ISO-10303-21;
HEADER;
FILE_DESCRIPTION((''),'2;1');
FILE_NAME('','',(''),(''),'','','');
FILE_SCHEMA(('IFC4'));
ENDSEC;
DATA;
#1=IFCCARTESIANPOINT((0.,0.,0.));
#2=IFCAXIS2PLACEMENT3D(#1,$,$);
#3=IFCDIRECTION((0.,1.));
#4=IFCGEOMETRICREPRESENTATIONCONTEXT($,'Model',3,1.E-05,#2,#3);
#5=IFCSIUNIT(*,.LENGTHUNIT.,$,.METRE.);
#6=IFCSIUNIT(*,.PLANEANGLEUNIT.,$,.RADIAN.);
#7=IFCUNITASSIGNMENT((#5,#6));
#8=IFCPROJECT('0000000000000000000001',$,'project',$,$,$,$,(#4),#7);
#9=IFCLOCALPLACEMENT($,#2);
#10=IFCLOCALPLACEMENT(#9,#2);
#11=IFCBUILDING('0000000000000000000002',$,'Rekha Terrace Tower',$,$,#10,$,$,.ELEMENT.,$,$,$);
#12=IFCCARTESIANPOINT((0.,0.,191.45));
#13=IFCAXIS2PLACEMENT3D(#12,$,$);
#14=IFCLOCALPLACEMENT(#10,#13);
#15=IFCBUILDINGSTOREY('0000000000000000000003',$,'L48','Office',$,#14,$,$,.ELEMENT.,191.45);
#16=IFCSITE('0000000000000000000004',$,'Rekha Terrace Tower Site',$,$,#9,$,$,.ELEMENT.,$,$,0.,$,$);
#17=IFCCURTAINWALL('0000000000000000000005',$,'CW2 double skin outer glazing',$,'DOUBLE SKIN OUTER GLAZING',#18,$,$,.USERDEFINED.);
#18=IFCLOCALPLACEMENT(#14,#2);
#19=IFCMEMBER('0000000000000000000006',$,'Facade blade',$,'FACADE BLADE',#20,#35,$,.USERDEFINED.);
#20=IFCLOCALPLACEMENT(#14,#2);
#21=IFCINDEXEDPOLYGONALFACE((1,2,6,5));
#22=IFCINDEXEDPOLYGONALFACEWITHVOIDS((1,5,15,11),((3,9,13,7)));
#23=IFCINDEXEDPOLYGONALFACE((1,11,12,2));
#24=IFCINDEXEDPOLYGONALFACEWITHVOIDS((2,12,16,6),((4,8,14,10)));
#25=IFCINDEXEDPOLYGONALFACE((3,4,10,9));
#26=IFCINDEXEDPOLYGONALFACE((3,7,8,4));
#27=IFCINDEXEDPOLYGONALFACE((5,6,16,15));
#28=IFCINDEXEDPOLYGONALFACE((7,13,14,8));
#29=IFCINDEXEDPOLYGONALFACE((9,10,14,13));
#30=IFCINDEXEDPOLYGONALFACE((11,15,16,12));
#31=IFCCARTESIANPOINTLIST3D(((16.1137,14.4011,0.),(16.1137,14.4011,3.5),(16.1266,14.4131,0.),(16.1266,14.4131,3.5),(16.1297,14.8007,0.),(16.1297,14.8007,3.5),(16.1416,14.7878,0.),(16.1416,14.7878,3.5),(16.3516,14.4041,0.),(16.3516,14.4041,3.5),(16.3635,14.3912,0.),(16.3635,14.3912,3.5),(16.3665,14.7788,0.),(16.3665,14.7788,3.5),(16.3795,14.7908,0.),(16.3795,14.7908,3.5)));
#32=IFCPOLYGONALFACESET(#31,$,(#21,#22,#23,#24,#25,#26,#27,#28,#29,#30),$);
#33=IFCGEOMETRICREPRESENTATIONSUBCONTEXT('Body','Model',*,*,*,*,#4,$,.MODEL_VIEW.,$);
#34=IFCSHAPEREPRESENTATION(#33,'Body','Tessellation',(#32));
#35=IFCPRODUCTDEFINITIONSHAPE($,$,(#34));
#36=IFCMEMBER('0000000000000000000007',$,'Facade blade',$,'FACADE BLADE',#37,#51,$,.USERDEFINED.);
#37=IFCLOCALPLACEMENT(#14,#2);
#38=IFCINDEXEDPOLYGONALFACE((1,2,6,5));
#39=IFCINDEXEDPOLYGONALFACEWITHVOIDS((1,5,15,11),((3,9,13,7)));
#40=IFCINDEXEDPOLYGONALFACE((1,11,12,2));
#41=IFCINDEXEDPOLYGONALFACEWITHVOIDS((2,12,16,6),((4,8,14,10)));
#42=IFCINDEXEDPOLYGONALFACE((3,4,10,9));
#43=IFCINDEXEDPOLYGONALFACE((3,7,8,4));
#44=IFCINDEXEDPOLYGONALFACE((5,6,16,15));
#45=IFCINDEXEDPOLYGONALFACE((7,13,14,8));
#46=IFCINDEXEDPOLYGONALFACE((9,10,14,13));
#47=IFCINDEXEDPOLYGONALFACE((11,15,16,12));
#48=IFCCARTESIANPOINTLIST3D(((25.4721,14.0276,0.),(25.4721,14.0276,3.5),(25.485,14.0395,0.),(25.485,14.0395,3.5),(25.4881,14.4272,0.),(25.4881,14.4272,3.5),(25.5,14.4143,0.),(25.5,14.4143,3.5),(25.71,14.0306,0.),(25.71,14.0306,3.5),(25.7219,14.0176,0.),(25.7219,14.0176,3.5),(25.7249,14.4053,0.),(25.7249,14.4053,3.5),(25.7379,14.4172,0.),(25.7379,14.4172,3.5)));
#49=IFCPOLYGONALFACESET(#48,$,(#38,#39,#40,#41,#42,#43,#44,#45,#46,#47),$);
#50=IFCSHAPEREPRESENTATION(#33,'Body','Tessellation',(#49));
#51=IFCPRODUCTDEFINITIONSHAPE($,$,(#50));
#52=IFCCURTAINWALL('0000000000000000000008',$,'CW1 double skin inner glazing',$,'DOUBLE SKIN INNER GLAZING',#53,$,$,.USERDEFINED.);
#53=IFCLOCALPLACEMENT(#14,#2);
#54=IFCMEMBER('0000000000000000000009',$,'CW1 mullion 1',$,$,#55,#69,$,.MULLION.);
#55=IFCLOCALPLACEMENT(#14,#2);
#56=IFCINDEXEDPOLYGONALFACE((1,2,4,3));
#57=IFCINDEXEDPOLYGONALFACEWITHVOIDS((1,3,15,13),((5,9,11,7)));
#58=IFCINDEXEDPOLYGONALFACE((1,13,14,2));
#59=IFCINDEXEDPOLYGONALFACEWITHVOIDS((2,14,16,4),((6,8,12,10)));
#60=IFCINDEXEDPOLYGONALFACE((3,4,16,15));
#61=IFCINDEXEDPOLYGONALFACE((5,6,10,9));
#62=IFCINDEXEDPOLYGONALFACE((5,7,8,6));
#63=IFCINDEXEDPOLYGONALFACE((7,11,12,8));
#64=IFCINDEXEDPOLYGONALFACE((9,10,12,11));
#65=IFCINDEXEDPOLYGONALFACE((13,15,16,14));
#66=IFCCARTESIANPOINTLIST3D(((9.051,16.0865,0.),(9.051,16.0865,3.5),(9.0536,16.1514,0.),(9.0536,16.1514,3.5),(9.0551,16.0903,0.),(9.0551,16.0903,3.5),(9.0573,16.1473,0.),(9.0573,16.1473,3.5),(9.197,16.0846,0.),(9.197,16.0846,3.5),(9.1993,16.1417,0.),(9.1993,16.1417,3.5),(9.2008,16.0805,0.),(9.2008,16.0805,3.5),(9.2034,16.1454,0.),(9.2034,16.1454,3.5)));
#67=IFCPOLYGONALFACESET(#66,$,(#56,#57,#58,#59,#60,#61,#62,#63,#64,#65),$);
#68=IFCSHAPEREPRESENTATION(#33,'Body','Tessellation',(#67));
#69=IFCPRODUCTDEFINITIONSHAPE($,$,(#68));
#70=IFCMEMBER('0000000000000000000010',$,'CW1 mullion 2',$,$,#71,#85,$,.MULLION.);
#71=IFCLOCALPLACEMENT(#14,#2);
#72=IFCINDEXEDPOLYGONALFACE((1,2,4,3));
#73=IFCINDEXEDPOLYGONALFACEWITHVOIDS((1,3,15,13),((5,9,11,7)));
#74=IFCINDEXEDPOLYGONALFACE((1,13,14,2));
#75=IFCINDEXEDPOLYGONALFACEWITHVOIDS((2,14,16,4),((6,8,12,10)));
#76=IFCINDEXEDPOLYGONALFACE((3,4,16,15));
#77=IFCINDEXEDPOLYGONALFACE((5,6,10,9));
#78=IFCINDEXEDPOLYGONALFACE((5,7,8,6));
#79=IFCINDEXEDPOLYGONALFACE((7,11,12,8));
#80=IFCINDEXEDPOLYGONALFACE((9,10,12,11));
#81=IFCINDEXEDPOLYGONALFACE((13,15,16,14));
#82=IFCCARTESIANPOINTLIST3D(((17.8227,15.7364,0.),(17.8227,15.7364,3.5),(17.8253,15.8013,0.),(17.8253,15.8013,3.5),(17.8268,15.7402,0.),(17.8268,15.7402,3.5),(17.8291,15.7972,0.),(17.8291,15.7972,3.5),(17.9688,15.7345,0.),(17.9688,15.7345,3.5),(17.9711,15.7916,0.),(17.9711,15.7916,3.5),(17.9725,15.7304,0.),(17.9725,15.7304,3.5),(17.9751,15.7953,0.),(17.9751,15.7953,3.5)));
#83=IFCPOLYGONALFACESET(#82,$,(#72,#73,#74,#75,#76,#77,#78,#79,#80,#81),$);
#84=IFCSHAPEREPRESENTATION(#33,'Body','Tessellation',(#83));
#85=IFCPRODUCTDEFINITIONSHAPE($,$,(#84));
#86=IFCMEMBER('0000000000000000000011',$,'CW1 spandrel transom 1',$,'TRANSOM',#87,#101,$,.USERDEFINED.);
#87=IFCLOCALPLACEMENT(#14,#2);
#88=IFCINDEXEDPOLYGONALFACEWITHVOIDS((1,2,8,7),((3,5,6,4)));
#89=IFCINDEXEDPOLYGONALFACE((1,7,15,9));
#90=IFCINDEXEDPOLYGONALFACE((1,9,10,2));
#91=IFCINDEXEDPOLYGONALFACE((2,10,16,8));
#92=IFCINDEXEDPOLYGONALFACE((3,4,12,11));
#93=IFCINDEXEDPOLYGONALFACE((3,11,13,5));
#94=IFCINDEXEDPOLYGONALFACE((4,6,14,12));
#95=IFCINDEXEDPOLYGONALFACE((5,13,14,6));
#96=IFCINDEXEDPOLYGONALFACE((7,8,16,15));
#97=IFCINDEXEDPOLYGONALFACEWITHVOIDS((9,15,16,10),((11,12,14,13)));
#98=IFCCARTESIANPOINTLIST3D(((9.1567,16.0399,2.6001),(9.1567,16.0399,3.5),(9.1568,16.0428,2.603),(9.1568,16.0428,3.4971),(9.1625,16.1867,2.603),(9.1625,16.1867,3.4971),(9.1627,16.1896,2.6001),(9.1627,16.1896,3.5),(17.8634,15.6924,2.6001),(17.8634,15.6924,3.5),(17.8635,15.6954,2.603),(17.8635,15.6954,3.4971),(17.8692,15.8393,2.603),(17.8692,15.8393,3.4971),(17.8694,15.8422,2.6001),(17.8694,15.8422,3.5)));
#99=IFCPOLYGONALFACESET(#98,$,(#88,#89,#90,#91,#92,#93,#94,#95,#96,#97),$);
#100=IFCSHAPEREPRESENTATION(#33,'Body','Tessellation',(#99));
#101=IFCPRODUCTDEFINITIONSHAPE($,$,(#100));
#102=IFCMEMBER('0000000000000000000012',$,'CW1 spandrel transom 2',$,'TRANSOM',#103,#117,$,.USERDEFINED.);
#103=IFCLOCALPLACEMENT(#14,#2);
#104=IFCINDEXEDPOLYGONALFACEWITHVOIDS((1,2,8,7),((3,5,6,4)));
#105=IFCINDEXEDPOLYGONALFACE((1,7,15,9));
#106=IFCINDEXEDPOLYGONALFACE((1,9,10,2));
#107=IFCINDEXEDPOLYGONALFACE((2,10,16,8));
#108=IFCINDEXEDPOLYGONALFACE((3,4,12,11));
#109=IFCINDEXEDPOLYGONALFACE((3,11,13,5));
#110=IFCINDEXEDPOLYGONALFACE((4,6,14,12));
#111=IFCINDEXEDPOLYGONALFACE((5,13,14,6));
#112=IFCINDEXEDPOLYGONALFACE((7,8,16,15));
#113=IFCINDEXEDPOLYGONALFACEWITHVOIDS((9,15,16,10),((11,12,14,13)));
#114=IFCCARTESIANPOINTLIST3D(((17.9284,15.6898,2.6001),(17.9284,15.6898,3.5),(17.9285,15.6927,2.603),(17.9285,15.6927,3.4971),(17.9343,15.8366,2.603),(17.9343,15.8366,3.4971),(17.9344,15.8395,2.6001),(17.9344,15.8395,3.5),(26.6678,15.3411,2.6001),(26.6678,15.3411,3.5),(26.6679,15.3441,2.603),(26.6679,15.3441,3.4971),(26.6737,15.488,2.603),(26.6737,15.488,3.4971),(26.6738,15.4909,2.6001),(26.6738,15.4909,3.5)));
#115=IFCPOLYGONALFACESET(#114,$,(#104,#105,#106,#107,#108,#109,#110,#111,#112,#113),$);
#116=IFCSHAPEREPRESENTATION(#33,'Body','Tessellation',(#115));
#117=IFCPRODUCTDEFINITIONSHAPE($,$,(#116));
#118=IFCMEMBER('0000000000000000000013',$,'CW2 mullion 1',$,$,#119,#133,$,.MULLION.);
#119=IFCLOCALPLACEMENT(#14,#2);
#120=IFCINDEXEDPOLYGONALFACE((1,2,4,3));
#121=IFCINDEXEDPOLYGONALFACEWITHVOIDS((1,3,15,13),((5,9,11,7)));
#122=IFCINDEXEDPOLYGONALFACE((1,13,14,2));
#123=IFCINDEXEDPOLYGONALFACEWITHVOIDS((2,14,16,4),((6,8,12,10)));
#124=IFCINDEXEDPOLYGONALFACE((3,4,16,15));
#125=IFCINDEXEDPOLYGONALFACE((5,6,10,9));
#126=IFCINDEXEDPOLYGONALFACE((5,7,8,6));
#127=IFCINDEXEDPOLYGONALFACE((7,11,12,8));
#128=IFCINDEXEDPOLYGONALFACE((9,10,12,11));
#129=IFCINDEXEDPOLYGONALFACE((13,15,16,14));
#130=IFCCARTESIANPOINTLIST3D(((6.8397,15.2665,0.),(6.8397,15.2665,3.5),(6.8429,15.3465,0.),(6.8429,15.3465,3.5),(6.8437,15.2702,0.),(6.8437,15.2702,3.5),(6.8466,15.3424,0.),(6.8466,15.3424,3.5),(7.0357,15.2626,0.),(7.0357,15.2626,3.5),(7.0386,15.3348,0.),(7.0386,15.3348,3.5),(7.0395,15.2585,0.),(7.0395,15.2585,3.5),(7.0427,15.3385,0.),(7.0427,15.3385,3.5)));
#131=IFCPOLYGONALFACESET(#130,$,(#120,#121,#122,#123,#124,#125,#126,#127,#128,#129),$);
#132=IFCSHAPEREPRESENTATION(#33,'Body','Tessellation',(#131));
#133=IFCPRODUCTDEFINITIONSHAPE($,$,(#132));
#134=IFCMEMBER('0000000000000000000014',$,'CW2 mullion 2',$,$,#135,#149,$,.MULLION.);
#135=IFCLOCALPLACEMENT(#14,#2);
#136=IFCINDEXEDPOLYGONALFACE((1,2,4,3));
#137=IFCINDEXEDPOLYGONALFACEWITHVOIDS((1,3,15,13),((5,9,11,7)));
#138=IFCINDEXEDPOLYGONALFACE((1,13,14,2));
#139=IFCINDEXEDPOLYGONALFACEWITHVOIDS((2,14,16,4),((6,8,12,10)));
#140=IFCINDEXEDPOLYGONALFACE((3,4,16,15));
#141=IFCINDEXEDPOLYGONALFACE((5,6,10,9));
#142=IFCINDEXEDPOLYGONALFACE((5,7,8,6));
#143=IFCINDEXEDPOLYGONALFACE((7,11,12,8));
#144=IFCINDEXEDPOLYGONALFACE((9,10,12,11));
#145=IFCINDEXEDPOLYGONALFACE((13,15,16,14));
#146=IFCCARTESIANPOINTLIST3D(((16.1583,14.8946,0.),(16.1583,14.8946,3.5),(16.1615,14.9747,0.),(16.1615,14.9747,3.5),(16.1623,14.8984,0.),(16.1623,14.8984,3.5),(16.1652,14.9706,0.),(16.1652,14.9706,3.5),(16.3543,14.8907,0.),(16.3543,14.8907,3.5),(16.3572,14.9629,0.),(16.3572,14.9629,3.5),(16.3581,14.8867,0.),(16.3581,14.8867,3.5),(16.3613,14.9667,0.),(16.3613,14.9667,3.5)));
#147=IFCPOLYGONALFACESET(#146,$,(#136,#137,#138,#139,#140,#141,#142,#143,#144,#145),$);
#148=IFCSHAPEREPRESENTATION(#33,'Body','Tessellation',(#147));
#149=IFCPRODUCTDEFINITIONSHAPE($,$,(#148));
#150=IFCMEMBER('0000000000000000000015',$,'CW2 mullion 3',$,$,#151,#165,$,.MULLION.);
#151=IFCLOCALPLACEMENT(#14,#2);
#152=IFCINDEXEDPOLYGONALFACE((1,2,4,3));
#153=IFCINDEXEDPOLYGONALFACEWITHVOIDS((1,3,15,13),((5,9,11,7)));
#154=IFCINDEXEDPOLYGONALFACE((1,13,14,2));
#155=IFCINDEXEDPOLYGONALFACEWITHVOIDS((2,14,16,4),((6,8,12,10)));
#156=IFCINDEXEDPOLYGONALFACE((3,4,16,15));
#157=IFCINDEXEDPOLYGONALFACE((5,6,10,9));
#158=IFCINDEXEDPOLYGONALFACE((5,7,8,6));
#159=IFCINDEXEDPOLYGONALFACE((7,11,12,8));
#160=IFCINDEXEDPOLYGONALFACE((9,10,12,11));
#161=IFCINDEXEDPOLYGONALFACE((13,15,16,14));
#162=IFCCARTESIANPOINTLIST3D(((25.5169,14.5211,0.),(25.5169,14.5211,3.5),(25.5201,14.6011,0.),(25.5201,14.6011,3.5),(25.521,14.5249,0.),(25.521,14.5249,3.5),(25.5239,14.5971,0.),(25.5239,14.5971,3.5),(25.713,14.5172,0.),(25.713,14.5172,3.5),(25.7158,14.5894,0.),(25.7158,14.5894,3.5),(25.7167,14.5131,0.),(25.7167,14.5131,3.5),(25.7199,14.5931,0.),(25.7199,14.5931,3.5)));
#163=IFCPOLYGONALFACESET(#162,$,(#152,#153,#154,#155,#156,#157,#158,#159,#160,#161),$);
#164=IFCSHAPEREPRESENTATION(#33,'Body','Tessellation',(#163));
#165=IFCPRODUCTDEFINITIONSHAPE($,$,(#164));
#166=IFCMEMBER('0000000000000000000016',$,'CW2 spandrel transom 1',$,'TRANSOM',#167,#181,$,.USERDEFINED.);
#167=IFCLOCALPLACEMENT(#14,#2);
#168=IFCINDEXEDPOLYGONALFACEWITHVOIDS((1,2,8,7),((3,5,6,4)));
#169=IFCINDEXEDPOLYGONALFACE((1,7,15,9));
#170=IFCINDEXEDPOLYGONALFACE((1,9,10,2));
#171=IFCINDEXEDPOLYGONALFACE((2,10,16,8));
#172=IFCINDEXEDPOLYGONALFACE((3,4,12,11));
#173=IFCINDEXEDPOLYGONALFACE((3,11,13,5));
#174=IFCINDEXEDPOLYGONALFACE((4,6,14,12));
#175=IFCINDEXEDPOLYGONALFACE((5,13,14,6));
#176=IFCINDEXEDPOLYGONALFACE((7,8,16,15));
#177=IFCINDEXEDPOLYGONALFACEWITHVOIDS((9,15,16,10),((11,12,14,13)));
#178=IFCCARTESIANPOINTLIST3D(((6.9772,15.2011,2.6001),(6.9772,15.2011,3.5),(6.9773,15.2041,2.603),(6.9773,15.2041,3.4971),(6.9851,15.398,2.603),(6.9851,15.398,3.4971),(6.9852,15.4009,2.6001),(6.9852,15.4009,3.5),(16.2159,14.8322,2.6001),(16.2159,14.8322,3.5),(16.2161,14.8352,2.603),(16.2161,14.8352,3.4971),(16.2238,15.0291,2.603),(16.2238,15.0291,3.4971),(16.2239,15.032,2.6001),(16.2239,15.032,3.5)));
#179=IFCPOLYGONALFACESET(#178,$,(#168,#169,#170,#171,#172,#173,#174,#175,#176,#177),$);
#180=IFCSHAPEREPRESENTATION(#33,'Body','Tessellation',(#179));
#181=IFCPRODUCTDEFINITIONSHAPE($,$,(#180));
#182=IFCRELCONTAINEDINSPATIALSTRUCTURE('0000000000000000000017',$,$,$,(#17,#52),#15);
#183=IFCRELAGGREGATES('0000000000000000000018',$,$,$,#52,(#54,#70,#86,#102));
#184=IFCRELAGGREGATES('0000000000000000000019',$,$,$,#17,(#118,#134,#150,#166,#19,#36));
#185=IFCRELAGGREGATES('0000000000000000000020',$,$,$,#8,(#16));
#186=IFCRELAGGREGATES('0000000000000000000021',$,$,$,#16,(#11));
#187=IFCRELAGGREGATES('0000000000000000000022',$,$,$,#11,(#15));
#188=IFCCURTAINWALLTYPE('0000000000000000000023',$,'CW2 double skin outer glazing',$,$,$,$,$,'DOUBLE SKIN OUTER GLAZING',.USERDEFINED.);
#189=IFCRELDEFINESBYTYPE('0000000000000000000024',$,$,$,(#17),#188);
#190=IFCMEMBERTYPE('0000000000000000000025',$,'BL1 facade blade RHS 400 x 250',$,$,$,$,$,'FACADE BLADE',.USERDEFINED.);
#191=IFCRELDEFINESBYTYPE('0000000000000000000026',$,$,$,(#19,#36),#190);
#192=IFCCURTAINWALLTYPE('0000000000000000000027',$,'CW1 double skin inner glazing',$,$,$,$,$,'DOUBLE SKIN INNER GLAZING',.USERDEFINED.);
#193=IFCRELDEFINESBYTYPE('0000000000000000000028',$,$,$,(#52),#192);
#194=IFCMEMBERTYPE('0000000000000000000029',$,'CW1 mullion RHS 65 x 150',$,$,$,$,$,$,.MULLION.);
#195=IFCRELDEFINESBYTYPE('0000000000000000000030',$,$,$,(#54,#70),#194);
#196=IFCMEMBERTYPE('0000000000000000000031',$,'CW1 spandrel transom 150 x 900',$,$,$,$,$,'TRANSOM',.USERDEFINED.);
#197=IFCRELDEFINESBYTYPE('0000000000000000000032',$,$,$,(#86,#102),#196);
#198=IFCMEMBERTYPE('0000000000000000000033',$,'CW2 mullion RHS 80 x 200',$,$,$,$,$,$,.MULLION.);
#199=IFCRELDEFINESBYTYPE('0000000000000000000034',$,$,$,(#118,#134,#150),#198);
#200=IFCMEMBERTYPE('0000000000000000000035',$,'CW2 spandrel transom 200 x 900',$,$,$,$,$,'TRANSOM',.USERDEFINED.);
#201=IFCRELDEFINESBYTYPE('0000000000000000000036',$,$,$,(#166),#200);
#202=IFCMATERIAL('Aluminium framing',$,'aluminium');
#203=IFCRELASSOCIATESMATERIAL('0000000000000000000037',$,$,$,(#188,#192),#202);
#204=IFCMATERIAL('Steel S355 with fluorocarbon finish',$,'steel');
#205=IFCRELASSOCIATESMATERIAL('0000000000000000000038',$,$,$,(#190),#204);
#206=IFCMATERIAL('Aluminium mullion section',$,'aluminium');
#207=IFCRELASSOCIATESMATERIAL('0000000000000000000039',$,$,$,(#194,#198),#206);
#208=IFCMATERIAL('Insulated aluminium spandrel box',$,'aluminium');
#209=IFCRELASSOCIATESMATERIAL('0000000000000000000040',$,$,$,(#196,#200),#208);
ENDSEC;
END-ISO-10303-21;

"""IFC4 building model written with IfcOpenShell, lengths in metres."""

from ifc_helpers import new_model, si_unit, direction, frame, origin, origin_2d, place, context, subcontext, project, spatial, hollow_rectangle, extrude, material, material_profile, profile_set, type_object, element, aggregate, save


model = new_model("IFC4")

# Units and contexts
model_context = context("Model", 3, precision=1e-05, world=origin(), true_north=direction((0.0, 1.0)))
body_context = subcontext(model_context, "Body", "Model", "MODEL_VIEW")
ifc_project = project(units=[si_unit("LENGTHUNIT", "METRE"), si_unit("PLANEANGLEUNIT", "RADIAN")], contexts=[model_context])

# Site, building, storey
site_placement = place(None, origin())
site = spatial("IfcSite", under=ifc_project, at=site_placement, Name="Rekha Terrace Tower Site", CompositionType="ELEMENT", RefElevation=0.0)
building_placement = place(site_placement, origin())
building = spatial("IfcBuilding", under=site, at=building_placement, Name="Rekha Terrace Tower", CompositionType="ELEMENT")
storey_placement = place(building_placement, frame((0.0, 0.0, 191.45)))
storey = spatial("IfcBuildingStorey", under=building, at=storey_placement, Name="L48", Description="Office", CompositionType="ELEMENT", Elevation=191.45)

# Curtain walls, members
ifc_material_1 = material(Name="Aluminium framing", Category="aluminium")
curtain_wall_type_1 = type_object("IfcCurtainWallType", Name="CW2 double skin outer glazing", ElementType="DOUBLE SKIN OUTER GLAZING", PredefinedType="USERDEFINED", material=ifc_material_1)
curtain_wall_1_placement = place(storey_placement, origin())
curtain_wall_1 = element("IfcCurtainWall", 1, at=curtain_wall_1_placement, inside=storey, type_object=curtain_wall_type_1, Name="CW2 double skin outer glazing", ObjectType="DOUBLE SKIN OUTER GLAZING", PredefinedType="USERDEFINED")
ifc_material_2 = material(Name="Steel S355 with fluorocarbon finish", Category="steel")
ifc_material_profile_1 = material_profile(ifc_material_2, hollow_rectangle(XDim=0.25, YDim=0.3999, WallThickness=0.0125, at=origin_2d()), Name="RHS400x250x12.5")
ifc_profile_set_1 = profile_set([ifc_material_profile_1], Name="Steel S355 with fluorocarbon finish")
member_type_1 = type_object("IfcMemberType", Name="BL1 facade blade RHS 400 x 250", ElementType="FACADE BLADE", PredefinedType="USERDEFINED", material=ifc_profile_set_1)
member_1_placement = place(storey_placement, frame((16.2466, 14.5959, 0.0), z_axis=(0.0, 0.0, 1.0), x_axis=(0.999205, -0.039872, 0.0)))
member_1 = element("IfcMember", 2, at=member_1_placement, type_object=member_type_1, Name="Facade blade", ObjectType="FACADE BLADE", PredefinedType="USERDEFINED", context=body_context, shape_type="SweptSolid", body=[
    extrude(hollow_rectangle(XDim=0.25, YDim=0.3999, WallThickness=0.0125, at=origin_2d()), origin(), (0.0, 0.0, 1.0), 3.5),
])
member_2_placement = place(storey_placement, frame((25.605, 14.2224, 0.0), z_axis=(0.0, 0.0, 1.0), x_axis=(0.999205, -0.039872, 0.0)))
member_2 = element("IfcMember", 3, at=member_2_placement, type_object=member_type_1, Name="Facade blade", ObjectType="FACADE BLADE", PredefinedType="USERDEFINED", context=body_context, shape_type="SweptSolid", body=[
    extrude(hollow_rectangle(XDim=0.25, YDim=0.3999, WallThickness=0.0125, at=origin_2d()), origin(), (0.0, 0.0, 1.0), 3.5),
])
curtain_wall_type_2 = type_object("IfcCurtainWallType", Name="CW1 double skin inner glazing", ElementType="DOUBLE SKIN INNER GLAZING", PredefinedType="USERDEFINED", material=ifc_material_1)
curtain_wall_2_placement = place(storey_placement, origin())
curtain_wall_2 = element("IfcCurtainWall", 4, at=curtain_wall_2_placement, inside=storey, type_object=curtain_wall_type_2, Name="CW1 double skin inner glazing", ObjectType="DOUBLE SKIN INNER GLAZING", PredefinedType="USERDEFINED")
ifc_material_3 = material(Name="Aluminium mullion section", Category="aluminium")
ifc_material_profile_2 = material_profile(ifc_material_3, hollow_rectangle(XDim=0.0649, YDim=0.1499, WallThickness=0.0039, at=origin_2d()), Name="AL RHS 65x150")
ifc_profile_set_2 = profile_set([ifc_material_profile_2], Name="Aluminium mullion section")
member_type_2 = type_object("IfcMemberType", Name="CW1 mullion RHS 65 x 150", PredefinedType="MULLION", material=ifc_profile_set_2)
member_3_placement = place(storey_placement, frame((9.1272, 16.116, 0.0), z_axis=(0.0, 0.0, 1.0), x_axis=(0.039872, 0.999205, 0.0)))
member_3 = element("IfcMember", 5, at=member_3_placement, type_object=member_type_2, Name="CW1 mullion 1", PredefinedType="MULLION", context=body_context, shape_type="SweptSolid", body=[
    extrude(hollow_rectangle(XDim=0.0649, YDim=0.1499, WallThickness=0.0039, at=origin_2d()), origin(), (0.0, 0.0, 1.0), 3.5),
])
member_4_placement = place(storey_placement, frame((17.8989, 15.7659, 0.0), z_axis=(0.0, 0.0, 1.0), x_axis=(0.039872, 0.999205, 0.0)))
member_4 = element("IfcMember", 6, at=member_4_placement, type_object=member_type_2, Name="CW1 mullion 2", PredefinedType="MULLION", context=body_context, shape_type="SweptSolid", body=[
    extrude(hollow_rectangle(XDim=0.0649, YDim=0.1499, WallThickness=0.0039, at=origin_2d()), origin(), (0.0, 0.0, 1.0), 3.5),
])
ifc_material_4 = material(Name="Insulated aluminium spandrel box", Category="aluminium")
ifc_material_profile_3 = material_profile(ifc_material_4, hollow_rectangle(XDim=0.1499, YDim=0.8999, WallThickness=0.0029, at=origin_2d()), Name="AL SPANDREL BOX 150x900")
ifc_profile_set_3 = profile_set([ifc_material_profile_3], Name="Insulated aluminium spandrel box")
member_type_3 = type_object("IfcMemberType", Name="CW1 spandrel transom 150 x 900", ElementType="TRANSOM", PredefinedType="USERDEFINED", material=ifc_profile_set_3)
member_5_placement = place(storey_placement, frame((9.1597, 16.1147, 3.05), z_axis=(0.999205, -0.03987, 0.0), x_axis=(0.03987, 0.999205, 0.0)))
member_5 = element("IfcMember", 7, at=member_5_placement, type_object=member_type_3, Name="CW1 spandrel transom 1", ObjectType="TRANSOM", PredefinedType="USERDEFINED", context=body_context, shape_type="SweptSolid", body=[
    extrude(hollow_rectangle(XDim=0.1499, YDim=0.8999, WallThickness=0.0029, at=origin_2d()), origin(), (0.0, 0.0, 1.0), 8.7136),
])
member_6_placement = place(storey_placement, frame((17.9314, 15.7646, 3.05), z_axis=(0.999205, -0.03986, 0.0), x_axis=(0.03986, 0.999205, 0.0)))
member_6 = element("IfcMember", 8, at=member_6_placement, type_object=member_type_3, Name="CW1 spandrel transom 2", ObjectType="TRANSOM", PredefinedType="USERDEFINED", context=body_context, shape_type="SweptSolid", body=[
    extrude(hollow_rectangle(XDim=0.1499, YDim=0.8999, WallThickness=0.0029, at=origin_2d()), origin(), (0.0, 0.0, 1.0), 8.7463),
])

# Members
ifc_material_profile_4 = material_profile(ifc_material_3, hollow_rectangle(XDim=0.0801, YDim=0.2, WallThickness=0.0039, at=origin_2d()), Name="AL RHS 80x200")
ifc_profile_set_4 = profile_set([ifc_material_profile_4], Name="Aluminium mullion section")
member_type_4 = type_object("IfcMemberType", Name="CW2 mullion RHS 80 x 200", PredefinedType="MULLION", material=ifc_profile_set_4)
member_7_placement = place(storey_placement, frame((6.9412, 15.3025, 0.0), z_axis=(0.0, 0.0, 1.0), x_axis=(0.039872, 0.999205, 0.0)))
member_7 = element("IfcMember", 9, at=member_7_placement, type_object=member_type_4, Name="CW2 mullion 1", PredefinedType="MULLION", context=body_context, shape_type="SweptSolid", body=[
    extrude(hollow_rectangle(XDim=0.0801, YDim=0.2, WallThickness=0.0039, at=origin_2d()), origin(), (0.0, 0.0, 1.0), 3.5),
])
member_8_placement = place(storey_placement, frame((16.2598, 14.9307, 0.0), z_axis=(0.0, 0.0, 1.0), x_axis=(0.039872, 0.999205, 0.0)))
member_8 = element("IfcMember", 10, at=member_8_placement, type_object=member_type_4, Name="CW2 mullion 2", PredefinedType="MULLION", context=body_context, shape_type="SweptSolid", body=[
    extrude(hollow_rectangle(XDim=0.0801, YDim=0.2, WallThickness=0.0039, at=origin_2d()), origin(), (0.0, 0.0, 1.0), 3.5),
])
member_9_placement = place(storey_placement, frame((25.6184, 14.5571, 0.0), z_axis=(0.0, 0.0, 1.0), x_axis=(0.039872, 0.999205, 0.0)))
member_9 = element("IfcMember", 11, at=member_9_placement, type_object=member_type_4, Name="CW2 mullion 3", PredefinedType="MULLION", context=body_context, shape_type="SweptSolid", body=[
    extrude(hollow_rectangle(XDim=0.0801, YDim=0.2, WallThickness=0.0039, at=origin_2d()), origin(), (0.0, 0.0, 1.0), 3.5),
])
ifc_material_profile_5 = material_profile(ifc_material_4, hollow_rectangle(XDim=0.2, YDim=0.8999, WallThickness=0.0029, at=origin_2d()), Name="AL SPANDREL BOX 200x900")
ifc_profile_set_5 = profile_set([ifc_material_profile_5], Name="Insulated aluminium spandrel box")
member_type_5 = type_object("IfcMemberType", Name="CW2 spandrel transom 200 x 900", ElementType="TRANSOM", PredefinedType="USERDEFINED", material=ifc_profile_set_5)
member_10_placement = place(storey_placement, frame((6.9812, 15.301, 3.05), z_axis=(0.999204, -0.039897, 0.0), x_axis=(0.039897, 0.999204, 0.0)))
member_10 = element("IfcMember", 12, at=member_10_placement, type_object=member_type_5, Name="CW2 spandrel transom 1", ObjectType="TRANSOM", PredefinedType="USERDEFINED", context=body_context, shape_type="SweptSolid", body=[
    extrude(hollow_rectangle(XDim=0.2, YDim=0.8999, WallThickness=0.0029, at=origin_2d()), origin(), (0.0, 0.0, 1.0), 9.2461),
])

aggregate(curtain_wall_2, [member_3, member_4, member_5, member_6])
aggregate(curtain_wall_1, [member_7, member_8, member_9, member_10, member_1, member_2])

save(model, "model.ifc")
